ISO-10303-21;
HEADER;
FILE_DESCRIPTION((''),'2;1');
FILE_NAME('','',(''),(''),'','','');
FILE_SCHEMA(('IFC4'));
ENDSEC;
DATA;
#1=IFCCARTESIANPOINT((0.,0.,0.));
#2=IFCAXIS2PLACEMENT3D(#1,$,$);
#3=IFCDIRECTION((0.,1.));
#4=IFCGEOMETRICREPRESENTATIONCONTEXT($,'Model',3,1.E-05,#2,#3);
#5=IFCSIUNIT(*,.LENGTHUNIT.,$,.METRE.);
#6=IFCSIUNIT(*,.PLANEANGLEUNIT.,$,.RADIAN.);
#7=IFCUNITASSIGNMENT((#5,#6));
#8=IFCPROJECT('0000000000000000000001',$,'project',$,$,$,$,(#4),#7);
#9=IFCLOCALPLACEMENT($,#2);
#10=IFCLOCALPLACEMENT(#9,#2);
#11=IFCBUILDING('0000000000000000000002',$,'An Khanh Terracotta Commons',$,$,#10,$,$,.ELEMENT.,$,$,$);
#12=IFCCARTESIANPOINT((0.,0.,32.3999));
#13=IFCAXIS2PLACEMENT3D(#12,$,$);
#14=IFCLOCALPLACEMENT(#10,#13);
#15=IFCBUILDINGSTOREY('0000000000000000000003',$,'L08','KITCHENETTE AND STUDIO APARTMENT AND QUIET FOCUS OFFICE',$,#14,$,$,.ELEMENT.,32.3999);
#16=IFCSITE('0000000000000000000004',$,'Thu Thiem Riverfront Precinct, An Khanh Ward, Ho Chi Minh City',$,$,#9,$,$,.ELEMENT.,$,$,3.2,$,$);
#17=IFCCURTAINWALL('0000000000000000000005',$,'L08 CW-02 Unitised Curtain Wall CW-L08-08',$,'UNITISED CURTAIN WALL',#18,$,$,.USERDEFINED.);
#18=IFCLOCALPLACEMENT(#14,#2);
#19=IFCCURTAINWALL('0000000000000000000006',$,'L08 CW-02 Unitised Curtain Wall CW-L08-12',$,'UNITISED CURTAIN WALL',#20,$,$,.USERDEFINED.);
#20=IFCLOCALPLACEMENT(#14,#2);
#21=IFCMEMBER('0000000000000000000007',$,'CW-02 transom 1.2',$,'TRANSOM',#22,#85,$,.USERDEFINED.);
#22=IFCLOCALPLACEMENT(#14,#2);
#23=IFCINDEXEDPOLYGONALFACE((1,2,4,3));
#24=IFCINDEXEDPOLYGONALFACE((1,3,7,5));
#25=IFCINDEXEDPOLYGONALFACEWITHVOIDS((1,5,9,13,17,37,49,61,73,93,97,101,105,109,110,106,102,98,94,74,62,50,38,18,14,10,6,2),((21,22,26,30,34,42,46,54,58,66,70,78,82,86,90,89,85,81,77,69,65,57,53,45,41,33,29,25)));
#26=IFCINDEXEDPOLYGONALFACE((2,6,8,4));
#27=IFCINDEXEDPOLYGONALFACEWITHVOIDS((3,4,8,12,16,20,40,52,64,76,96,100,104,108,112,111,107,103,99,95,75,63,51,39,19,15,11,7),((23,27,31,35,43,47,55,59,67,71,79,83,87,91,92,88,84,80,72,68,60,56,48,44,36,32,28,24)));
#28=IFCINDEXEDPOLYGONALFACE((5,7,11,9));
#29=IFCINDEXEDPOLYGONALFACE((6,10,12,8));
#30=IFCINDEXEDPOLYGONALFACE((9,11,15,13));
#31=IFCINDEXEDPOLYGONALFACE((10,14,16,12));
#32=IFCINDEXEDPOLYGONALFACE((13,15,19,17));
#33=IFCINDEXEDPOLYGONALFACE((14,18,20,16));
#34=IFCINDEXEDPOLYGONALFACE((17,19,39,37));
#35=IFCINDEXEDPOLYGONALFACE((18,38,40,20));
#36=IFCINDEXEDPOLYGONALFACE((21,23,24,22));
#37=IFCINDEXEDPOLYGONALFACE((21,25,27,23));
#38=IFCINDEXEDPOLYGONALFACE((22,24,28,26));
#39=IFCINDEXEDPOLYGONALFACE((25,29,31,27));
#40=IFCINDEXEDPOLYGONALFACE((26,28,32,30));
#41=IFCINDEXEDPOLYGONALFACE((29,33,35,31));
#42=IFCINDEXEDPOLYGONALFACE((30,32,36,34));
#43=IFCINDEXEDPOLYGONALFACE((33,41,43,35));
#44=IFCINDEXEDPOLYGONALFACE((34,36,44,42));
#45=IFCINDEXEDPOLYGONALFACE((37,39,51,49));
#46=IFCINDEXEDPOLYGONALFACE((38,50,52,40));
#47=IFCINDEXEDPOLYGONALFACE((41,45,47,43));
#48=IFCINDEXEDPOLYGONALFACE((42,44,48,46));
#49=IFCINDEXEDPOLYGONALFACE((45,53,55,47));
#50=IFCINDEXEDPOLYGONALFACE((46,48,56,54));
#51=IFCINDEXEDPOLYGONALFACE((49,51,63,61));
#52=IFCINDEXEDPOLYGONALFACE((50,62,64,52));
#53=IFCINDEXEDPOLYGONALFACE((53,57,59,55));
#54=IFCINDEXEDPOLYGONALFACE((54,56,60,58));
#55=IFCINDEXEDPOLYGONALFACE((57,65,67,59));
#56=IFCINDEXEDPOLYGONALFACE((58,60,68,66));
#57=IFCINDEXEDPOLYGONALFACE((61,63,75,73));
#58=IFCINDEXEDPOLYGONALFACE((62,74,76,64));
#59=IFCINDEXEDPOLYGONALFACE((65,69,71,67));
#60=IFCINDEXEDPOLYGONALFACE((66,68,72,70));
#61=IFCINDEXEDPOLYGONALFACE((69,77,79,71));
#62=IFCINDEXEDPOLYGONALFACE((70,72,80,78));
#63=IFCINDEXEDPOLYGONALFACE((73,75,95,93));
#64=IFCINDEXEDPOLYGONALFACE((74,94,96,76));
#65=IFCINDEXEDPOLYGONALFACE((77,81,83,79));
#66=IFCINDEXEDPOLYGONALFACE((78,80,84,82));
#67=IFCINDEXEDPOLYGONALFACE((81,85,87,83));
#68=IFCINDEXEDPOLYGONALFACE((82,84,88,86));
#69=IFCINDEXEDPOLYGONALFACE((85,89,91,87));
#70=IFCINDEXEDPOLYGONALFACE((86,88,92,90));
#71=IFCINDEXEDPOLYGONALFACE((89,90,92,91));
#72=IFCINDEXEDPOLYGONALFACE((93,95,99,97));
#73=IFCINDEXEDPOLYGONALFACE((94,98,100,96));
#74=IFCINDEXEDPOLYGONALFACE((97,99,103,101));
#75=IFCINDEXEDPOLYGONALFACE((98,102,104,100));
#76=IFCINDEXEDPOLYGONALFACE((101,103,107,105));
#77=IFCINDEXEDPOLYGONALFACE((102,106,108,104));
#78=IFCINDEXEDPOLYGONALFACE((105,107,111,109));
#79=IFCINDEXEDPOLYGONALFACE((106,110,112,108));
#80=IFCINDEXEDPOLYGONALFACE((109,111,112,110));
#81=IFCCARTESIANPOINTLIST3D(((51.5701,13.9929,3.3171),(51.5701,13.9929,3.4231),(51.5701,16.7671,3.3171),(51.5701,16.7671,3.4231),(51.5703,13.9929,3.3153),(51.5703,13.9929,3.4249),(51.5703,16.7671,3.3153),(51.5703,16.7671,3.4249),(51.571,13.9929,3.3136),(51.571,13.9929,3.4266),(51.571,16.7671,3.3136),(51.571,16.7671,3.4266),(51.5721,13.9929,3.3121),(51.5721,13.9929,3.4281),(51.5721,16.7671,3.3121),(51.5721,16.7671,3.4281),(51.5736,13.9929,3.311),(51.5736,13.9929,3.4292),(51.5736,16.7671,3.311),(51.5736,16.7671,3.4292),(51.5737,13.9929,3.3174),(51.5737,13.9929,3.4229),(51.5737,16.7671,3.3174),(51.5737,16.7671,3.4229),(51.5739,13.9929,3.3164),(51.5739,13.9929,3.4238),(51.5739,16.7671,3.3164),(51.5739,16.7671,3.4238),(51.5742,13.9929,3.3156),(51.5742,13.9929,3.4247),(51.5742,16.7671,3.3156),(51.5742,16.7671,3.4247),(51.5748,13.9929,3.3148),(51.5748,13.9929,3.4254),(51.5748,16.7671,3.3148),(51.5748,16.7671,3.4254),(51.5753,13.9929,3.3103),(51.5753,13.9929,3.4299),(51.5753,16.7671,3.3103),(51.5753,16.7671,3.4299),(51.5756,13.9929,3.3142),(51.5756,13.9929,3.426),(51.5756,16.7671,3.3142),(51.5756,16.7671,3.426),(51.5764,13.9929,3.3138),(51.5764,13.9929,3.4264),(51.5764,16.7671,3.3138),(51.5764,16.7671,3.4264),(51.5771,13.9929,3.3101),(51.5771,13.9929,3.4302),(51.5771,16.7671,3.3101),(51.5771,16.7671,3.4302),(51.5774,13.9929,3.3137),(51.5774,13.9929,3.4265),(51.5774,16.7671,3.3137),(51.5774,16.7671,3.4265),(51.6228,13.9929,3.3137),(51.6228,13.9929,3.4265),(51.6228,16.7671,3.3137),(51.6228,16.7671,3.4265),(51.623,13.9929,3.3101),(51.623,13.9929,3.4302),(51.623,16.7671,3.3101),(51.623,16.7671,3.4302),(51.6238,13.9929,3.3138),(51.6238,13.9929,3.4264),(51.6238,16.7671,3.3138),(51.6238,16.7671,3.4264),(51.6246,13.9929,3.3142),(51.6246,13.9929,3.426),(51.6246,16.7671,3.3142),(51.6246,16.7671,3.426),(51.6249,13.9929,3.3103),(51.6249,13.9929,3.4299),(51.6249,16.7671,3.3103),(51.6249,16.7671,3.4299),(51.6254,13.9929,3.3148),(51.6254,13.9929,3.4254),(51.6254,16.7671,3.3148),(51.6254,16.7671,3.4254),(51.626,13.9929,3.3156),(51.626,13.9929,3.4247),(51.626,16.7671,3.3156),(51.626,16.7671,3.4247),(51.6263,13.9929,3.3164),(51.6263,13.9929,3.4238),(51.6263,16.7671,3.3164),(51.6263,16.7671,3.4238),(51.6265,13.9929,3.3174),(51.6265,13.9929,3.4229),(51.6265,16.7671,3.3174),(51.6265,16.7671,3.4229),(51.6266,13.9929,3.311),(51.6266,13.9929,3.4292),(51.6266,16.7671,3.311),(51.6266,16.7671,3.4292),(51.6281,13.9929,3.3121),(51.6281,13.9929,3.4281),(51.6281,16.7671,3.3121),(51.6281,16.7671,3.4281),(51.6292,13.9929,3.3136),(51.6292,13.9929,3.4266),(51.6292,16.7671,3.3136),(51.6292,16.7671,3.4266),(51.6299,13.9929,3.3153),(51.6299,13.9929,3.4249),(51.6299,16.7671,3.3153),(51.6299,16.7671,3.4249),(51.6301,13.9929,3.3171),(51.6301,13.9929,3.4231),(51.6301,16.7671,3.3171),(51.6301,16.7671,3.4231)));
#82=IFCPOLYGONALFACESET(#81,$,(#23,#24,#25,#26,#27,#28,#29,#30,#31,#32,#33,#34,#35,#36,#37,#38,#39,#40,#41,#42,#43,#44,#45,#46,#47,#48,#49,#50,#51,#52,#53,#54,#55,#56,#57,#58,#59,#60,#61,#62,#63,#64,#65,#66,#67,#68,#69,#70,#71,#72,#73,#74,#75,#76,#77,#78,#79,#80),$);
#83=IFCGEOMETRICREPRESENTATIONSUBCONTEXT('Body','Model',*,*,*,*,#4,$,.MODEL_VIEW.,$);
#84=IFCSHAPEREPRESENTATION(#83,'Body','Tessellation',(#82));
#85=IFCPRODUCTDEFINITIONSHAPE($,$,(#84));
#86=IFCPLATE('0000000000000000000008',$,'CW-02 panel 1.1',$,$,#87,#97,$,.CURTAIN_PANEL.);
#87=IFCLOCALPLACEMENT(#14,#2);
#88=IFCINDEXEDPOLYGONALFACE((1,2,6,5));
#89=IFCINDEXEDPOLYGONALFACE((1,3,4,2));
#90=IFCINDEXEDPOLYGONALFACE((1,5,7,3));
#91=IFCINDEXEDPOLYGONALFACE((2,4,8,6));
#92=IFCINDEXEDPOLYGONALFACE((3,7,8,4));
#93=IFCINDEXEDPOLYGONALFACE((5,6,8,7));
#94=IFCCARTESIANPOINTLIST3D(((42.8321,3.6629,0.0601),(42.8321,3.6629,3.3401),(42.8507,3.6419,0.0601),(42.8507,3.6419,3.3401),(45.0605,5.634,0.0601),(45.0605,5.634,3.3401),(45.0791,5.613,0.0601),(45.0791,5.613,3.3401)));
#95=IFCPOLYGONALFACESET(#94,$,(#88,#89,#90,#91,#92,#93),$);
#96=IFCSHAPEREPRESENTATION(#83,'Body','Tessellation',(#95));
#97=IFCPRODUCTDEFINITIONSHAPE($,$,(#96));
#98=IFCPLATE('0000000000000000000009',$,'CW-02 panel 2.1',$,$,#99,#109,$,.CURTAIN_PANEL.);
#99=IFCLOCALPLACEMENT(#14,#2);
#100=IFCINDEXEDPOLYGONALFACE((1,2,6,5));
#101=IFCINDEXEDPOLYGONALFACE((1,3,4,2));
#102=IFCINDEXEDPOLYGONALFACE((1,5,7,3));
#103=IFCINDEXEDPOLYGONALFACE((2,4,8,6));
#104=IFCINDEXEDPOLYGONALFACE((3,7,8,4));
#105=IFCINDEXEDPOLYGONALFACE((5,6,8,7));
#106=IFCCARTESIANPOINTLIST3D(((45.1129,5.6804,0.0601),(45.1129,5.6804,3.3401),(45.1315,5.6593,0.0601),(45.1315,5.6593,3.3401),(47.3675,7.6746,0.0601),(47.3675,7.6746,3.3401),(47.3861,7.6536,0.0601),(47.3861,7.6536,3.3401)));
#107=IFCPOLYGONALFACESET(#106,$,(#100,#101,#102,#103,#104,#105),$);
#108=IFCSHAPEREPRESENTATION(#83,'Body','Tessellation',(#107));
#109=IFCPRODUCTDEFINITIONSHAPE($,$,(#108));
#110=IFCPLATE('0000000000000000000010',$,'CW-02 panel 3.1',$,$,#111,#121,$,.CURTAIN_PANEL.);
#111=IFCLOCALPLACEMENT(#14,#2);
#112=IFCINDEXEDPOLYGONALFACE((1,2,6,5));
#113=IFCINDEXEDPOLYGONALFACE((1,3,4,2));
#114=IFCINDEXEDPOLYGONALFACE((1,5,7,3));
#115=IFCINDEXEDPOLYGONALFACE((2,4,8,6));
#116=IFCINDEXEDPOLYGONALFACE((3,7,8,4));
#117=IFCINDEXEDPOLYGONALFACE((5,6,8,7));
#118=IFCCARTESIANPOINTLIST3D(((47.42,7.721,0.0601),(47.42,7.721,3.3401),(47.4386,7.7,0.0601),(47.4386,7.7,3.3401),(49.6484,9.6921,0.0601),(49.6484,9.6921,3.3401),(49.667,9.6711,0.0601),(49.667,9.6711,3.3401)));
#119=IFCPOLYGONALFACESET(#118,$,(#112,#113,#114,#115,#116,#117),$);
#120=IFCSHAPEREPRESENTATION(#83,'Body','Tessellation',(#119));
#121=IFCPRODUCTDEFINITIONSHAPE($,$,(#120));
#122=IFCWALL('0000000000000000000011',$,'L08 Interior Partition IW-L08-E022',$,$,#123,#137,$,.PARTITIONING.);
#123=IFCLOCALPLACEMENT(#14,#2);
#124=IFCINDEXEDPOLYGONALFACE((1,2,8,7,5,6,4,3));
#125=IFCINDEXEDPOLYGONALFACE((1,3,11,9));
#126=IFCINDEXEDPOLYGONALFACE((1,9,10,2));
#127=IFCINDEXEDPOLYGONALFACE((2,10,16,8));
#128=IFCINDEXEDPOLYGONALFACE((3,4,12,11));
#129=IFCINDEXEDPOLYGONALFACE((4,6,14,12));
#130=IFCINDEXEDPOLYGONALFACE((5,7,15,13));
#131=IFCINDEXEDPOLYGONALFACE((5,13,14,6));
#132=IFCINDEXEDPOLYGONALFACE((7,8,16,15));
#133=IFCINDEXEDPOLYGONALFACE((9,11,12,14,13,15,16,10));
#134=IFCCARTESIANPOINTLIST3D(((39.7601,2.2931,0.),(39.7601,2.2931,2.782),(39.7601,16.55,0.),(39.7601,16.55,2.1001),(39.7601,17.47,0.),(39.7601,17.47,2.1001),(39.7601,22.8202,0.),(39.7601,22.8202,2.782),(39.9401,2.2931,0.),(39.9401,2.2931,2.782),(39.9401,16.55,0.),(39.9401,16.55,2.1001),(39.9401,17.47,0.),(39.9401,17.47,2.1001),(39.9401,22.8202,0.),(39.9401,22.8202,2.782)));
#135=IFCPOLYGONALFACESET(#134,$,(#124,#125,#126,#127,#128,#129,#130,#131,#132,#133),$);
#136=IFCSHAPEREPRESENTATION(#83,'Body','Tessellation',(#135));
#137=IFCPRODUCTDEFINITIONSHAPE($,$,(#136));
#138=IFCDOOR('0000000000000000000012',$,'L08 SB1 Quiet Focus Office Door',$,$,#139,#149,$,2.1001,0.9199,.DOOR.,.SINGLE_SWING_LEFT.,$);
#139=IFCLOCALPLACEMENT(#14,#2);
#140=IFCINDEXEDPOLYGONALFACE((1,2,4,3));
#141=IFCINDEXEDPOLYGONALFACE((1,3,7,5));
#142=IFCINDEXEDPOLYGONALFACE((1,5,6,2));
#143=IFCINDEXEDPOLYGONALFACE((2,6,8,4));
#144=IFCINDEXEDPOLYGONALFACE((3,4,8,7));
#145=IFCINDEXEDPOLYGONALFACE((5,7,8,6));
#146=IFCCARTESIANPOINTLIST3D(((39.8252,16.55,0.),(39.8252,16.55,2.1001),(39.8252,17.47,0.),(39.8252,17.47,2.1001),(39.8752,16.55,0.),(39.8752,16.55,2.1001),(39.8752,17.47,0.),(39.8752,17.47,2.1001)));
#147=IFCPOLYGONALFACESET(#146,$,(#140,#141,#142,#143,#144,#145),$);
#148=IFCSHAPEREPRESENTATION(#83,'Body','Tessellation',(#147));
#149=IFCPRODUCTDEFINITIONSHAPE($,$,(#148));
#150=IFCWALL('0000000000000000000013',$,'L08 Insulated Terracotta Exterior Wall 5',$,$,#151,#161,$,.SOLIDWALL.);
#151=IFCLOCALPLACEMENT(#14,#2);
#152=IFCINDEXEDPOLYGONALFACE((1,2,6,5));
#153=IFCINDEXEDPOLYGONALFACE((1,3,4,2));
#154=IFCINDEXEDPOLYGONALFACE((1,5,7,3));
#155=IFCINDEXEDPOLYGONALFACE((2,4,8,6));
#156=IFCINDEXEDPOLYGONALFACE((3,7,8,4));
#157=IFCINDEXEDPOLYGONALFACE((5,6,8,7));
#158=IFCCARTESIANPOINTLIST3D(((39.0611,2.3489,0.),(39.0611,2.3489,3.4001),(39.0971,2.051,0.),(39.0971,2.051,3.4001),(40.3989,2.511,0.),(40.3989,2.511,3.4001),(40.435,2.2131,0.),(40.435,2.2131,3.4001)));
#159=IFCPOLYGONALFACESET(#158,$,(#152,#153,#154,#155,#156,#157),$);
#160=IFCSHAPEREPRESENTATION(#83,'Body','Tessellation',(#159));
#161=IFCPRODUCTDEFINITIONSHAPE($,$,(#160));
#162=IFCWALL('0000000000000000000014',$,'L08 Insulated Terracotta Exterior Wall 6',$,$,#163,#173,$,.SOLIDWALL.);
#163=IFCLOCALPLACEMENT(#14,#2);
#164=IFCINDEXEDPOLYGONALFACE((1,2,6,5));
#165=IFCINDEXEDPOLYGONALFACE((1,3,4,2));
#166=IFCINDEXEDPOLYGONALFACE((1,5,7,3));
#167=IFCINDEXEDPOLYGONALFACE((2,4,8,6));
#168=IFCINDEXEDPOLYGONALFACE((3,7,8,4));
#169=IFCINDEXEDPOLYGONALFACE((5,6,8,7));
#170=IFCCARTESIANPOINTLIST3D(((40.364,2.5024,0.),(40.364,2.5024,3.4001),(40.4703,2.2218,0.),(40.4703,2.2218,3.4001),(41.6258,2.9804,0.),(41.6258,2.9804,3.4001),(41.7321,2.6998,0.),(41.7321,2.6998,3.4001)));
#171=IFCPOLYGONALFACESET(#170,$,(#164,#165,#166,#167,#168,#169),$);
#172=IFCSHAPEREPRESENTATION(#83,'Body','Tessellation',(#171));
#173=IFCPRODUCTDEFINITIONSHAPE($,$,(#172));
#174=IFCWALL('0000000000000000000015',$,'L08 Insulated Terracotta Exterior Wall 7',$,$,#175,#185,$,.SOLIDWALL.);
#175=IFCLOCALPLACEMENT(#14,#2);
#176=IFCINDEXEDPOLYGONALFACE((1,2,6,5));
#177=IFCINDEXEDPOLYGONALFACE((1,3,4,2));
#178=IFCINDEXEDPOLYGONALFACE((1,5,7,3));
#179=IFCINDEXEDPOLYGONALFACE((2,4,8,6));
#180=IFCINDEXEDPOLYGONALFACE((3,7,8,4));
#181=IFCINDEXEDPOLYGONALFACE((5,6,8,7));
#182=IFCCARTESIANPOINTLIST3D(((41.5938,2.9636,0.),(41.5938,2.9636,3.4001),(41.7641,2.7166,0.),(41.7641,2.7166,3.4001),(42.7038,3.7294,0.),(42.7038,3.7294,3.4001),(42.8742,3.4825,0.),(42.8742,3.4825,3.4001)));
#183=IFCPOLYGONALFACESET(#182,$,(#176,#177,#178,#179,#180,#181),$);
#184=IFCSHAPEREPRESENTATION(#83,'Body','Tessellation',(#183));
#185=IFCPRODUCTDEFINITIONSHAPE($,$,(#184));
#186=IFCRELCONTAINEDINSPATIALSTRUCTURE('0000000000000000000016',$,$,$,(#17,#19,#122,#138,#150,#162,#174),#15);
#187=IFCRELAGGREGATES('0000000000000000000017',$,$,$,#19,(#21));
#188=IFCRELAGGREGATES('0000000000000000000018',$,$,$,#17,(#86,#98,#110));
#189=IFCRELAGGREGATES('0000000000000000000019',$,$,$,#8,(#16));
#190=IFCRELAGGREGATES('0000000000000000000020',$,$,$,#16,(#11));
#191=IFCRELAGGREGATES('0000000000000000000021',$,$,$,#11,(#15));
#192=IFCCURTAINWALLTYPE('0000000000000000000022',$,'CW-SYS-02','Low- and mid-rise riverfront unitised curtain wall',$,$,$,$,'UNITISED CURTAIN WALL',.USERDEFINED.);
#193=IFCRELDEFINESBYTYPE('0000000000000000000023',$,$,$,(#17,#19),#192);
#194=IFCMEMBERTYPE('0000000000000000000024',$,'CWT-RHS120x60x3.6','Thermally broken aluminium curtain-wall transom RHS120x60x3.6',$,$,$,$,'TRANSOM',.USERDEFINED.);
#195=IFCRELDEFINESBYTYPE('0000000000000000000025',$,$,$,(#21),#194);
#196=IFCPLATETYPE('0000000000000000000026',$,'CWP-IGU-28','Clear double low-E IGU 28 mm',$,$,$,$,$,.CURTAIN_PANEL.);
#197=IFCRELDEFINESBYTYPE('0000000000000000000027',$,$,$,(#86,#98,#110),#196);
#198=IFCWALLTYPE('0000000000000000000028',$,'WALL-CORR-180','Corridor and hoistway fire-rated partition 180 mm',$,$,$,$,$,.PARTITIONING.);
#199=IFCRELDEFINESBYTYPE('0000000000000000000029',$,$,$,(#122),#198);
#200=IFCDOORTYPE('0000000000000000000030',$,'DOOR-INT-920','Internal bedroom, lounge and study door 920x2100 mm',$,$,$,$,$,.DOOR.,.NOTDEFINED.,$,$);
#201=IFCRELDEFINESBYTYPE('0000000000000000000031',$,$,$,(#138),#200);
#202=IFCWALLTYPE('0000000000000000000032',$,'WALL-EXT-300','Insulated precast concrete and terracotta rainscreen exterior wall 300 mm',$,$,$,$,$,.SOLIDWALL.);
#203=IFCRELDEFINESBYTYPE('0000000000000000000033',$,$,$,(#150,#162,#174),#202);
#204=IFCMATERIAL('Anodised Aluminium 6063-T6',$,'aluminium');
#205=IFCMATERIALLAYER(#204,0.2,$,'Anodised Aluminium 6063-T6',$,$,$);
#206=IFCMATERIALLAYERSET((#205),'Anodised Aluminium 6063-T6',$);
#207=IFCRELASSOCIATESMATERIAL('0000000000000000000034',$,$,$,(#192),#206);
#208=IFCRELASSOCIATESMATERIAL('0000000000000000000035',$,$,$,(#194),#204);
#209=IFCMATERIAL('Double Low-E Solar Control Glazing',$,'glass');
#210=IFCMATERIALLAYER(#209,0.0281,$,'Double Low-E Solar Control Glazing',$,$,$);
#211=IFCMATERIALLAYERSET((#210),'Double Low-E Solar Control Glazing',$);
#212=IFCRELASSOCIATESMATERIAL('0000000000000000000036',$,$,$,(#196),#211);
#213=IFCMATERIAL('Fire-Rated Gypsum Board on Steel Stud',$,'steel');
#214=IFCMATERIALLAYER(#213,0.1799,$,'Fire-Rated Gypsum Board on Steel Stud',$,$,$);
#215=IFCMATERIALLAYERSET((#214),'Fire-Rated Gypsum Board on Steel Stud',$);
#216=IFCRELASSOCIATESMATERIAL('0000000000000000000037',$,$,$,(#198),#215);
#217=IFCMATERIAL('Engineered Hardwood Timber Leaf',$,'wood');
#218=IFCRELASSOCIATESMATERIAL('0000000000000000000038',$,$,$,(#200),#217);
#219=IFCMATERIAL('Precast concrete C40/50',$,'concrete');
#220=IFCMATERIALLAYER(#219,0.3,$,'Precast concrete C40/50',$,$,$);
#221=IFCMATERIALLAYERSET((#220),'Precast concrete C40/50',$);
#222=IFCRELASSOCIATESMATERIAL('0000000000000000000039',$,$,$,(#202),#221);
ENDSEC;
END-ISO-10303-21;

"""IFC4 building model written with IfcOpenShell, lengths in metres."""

from ifc_helpers import new_model, si_unit, direction, frame, frame_2d, origin, origin_2d, place, context, subcontext, project, spatial, rectangle, hollow_rectangle, extrude, material, layer, layer_set, material_profile, profile_set, type_object, element, fill, aggregate, save


model = new_model("IFC4")

# Units and contexts
model_context = context("Model", 3, precision=1e-05, world=origin(), true_north=direction((0.0, 1.0)))
body_context = subcontext(model_context, "Body", "Model", "MODEL_VIEW")
ifc_project = project(units=[si_unit("LENGTHUNIT", "METRE"), si_unit("PLANEANGLEUNIT", "RADIAN")], contexts=[model_context])

# Site, building, storey
site_placement = place(None, origin())
site = spatial("IfcSite", under=ifc_project, at=site_placement, Name="Thu Thiem Riverfront Precinct, An Khanh Ward, Ho Chi Minh City", CompositionType="ELEMENT", RefElevation=3.2)
building_placement = place(site_placement, origin())
building = spatial("IfcBuilding", under=site, at=building_placement, Name="An Khanh Terracotta Commons", CompositionType="ELEMENT")
storey_placement = place(building_placement, frame((0.0, 0.0, 32.3999)))
storey = spatial("IfcBuildingStorey", under=building, at=storey_placement, Name="L08", Description="KITCHENETTE AND STUDIO APARTMENT AND QUIET FOCUS OFFICE", CompositionType="ELEMENT", Elevation=32.3999)

# Curtain wall
ifc_material_1 = material(Name="Anodised Aluminium 6063-T6", Category="aluminium")
ifc_layer_1 = layer(ifc_material_1, 0.2, Name="Anodised Aluminium 6063-T6")
ifc_layer_set_1 = layer_set([ifc_layer_1], Name="Anodised Aluminium 6063-T6")
curtain_wall_type = type_object("IfcCurtainWallType", Name="CW-SYS-02", Description="Low- and mid-rise riverfront unitised curtain wall", ElementType="UNITISED CURTAIN WALL", PredefinedType="USERDEFINED", material=ifc_layer_set_1)
curtain_wall_1_placement = place(storey_placement, origin())
curtain_wall_1 = element("IfcCurtainWall", 1, at=curtain_wall_1_placement, inside=storey, type_object=curtain_wall_type, Name="L08 CW-02 Unitised Curtain Wall CW-L08-08", ObjectType="UNITISED CURTAIN WALL", PredefinedType="USERDEFINED")

# Curtain wall
curtain_wall_2_placement = place(storey_placement, origin())
curtain_wall_2 = element("IfcCurtainWall", 2, at=curtain_wall_2_placement, inside=storey, type_object=curtain_wall_type, Name="L08 CW-02 Unitised Curtain Wall CW-L08-12", ObjectType="UNITISED CURTAIN WALL", PredefinedType="USERDEFINED")

# Member
ifc_material_profile_1 = material_profile(ifc_material_1, hollow_rectangle(XDim=0.0601, YDim=0.1201, WallThickness=0.0037, InnerFilletRadius=0.0037, OuterFilletRadius=0.0071, at=origin_2d()), Name="RHS120x60x3.6")
ifc_profile_set_1 = profile_set([ifc_material_profile_1], Name="Anodised Aluminium 6063-T6")
member_type_1 = type_object("IfcMemberType", Name="CWT-RHS120x60x3.6", Description="Thermally broken aluminium curtain-wall transom RHS120x60x3.6", ElementType="TRANSOM", PredefinedType="USERDEFINED", material=ifc_profile_set_1)
member_1_placement = place(storey_placement, frame((51.6001, 13.9929, 3.3701), z_axis=(0.0, 1.0, 0.0), x_axis=(-1.0, 0.0, 0.0)))
member_1 = element("IfcMember", 3, at=member_1_placement, type_object=member_type_1, Name="CW-02 transom 1.2", ObjectType="TRANSOM", PredefinedType="USERDEFINED", context=body_context, shape_type="SweptSolid", body=[
    extrude(hollow_rectangle(XDim=0.0601, YDim=0.1201, WallThickness=0.0037, InnerFilletRadius=0.0037, OuterFilletRadius=0.0071, at=origin_2d()), origin(), (0.0, 0.0, 1.0), 2.7742),
])
aggregate(curtain_wall_2, [member_1])

# Plates
ifc_material_2 = material(Name="Double Low-E Solar Control Glazing", Category="glass")
ifc_layer_2 = layer(ifc_material_2, 0.0281, Name="Double Low-E Solar Control Glazing")
ifc_layer_set_2 = layer_set([ifc_layer_2], Name="Double Low-E Solar Control Glazing")
plate_type = type_object("IfcPlateType", Name="CWP-IGU-28", Description="Clear double low-E IGU 28 mm", PredefinedType="CURTAIN_PANEL", material=ifc_layer_set_2)
plate_1_placement = place(storey_placement, frame((43.9556, 4.6379, 0.0601), z_axis=(0.0, 0.0, 1.0), x_axis=(0.749019, 0.662548, 0.0)))
plate_1 = element("IfcPlate", 4, at=plate_1_placement, type_object=plate_type, Name="CW-02 panel 1.1", PredefinedType="CURTAIN_PANEL", context=body_context, shape_type="SweptSolid", body=[
    extrude(rectangle(XDim=2.9751, YDim=0.0281, at=origin_2d()), origin(), (0.0, 0.0, 1.0), 3.28),
])
plate_2_placement = place(storey_placement, frame((46.2495, 6.667, 0.0601), z_axis=(0.0, 0.0, 1.0), x_axis=(0.749019, 0.662548, 0.0)))
plate_2 = element("IfcPlate", 5, at=plate_2_placement, type_object=plate_type, Name="CW-02 panel 2.1", PredefinedType="CURTAIN_PANEL", context=body_context, shape_type="SweptSolid", body=[
    extrude(rectangle(XDim=3.01, YDim=0.0281, at=origin_2d()), origin(), (0.0, 0.0, 1.0), 3.28),
])
plate_3_placement = place(storey_placement, frame((48.5435, 8.696, 0.0601), z_axis=(0.0, 0.0, 1.0), x_axis=(0.749019, 0.662548, 0.0)))
plate_3 = element("IfcPlate", 6, at=plate_3_placement, type_object=plate_type, Name="CW-02 panel 3.1", PredefinedType="CURTAIN_PANEL", context=body_context, shape_type="SweptSolid", body=[
    extrude(rectangle(XDim=2.9751, YDim=0.0281, at=origin_2d()), origin(), (0.0, 0.0, 1.0), 3.28),
])
aggregate(curtain_wall_1, [plate_1, plate_2, plate_3])

# Wall, opening, door
ifc_material_3 = material(Name="Fire-Rated Gypsum Board on Steel Stud", Category="steel")
ifc_layer_3 = layer(ifc_material_3, 0.1799, Name="Fire-Rated Gypsum Board on Steel Stud")
ifc_layer_set_3 = layer_set([ifc_layer_3], Name="Fire-Rated Gypsum Board on Steel Stud")
wall_type_1 = type_object("IfcWallType", Name="WALL-CORR-180", Description="Corridor and hoistway fire-rated partition 180 mm", PredefinedType="PARTITIONING", material=ifc_layer_set_3)
wall_1_placement = place(storey_placement, frame((39.8501, 2.293, 0.0), z_axis=(0.0, 0.0, 1.0), x_axis=(0.0, 1.0, 0.0)))
wall_1 = element("IfcWall", 7, at=wall_1_placement, inside=storey, type_object=wall_type_1, Name="L08 Interior Partition IW-L08-E022", PredefinedType="PARTITIONING", context=body_context, shape_type="SweptSolid", body=[
    extrude(rectangle(XDim=20.5271, YDim=0.1799, at=frame_2d((10.2637, 0.0))), origin(), (0.0, 0.0, 1.0), 2.782),
])
opening_placement = place(wall_1_placement, frame((14.2571, 0.0, 0.0)))
opening = element("IfcOpeningElement", 8, at=opening_placement, cuts=wall_1, PredefinedType="OPENING", context=body_context, shape_type="SweptSolid", body=[
    extrude(rectangle(XDim=0.9199, YDim=2.1001, at=frame_2d((0.46, 1.05))), frame((0.0, 0.0999, 0.0), z_axis=(0.0, -1.0, 0.0), x_axis=(1.0, 0.0, 0.0)), (0.0, 0.0, 1.0), 0.2),
])
ifc_material_4 = material(Name="Engineered Hardwood Timber Leaf", Category="wood")
door_type = type_object("IfcDoorType", Name="DOOR-INT-920", Description="Internal bedroom, lounge and study door 920x2100 mm", OperationType="NOTDEFINED", PredefinedType="DOOR", material=ifc_material_4)
door_placement = place(opening_placement, origin())
door = element("IfcDoor", 9, at=door_placement, inside=storey, type_object=door_type, Name="L08 SB1 Quiet Focus Office Door", OperationType="SINGLE_SWING_LEFT", OverallHeight=2.1001, OverallWidth=0.9199, PredefinedType="DOOR", context=body_context, shape_type="SweptSolid", body=[
    extrude(rectangle(XDim=0.9199, YDim=2.1001, at=frame_2d((0.46, 1.05))), frame((0.0, 0.0249, 0.0), z_axis=(0.0, -1.0, 0.0), x_axis=(1.0, 0.0, 0.0)), (0.0, 0.0, 1.0), 0.05),
])
fill(opening, door)

# Walls
ifc_material_5 = material(Name="Precast concrete C40/50", Category="concrete")
ifc_layer_4 = layer(ifc_material_5, 0.3, Name="Precast concrete C40/50")
ifc_layer_set_4 = layer_set([ifc_layer_4], Name="Precast concrete C40/50")
wall_type_2 = type_object("IfcWallType", Name="WALL-EXT-300", Description="Insulated precast concrete and terracotta rainscreen exterior wall 300 mm", PredefinedType="SOLIDWALL", material=ifc_layer_set_4)
wall_2_placement = place(storey_placement, frame((39.0791, 2.2, 0.0), z_axis=(0.0, 0.0, 1.0), x_axis=(0.992739, 0.120288, 0.0)))
element("IfcWall", 10, at=wall_2_placement, inside=storey, type_object=wall_type_2, Name="L08 Insulated Terracotta Exterior Wall 5", PredefinedType="SOLIDWALL", context=body_context, shape_type="SweptSolid", body=[
    extrude(rectangle(XDim=1.3477, YDim=0.3, at=frame_2d((0.6738, 0.0))), origin(), (0.0, 0.0, 1.0), 3.4001),
])
wall_3_placement = place(storey_placement, frame((40.417, 2.3621, 0.0), z_axis=(0.0, 0.0, 1.0), x_axis=(0.935157, 0.354234, 0.0)))
element("IfcWall", 11, at=wall_3_placement, inside=storey, type_object=wall_type_2, Name="L08 Insulated Terracotta Exterior Wall 6", PredefinedType="SOLIDWALL", context=body_context, shape_type="SweptSolid", body=[
    extrude(rectangle(XDim=1.3494, YDim=0.3, at=frame_2d((0.6748, 0.0))), origin(), (0.0, 0.0, 1.0), 3.4001),
])
wall_4_placement = place(storey_placement, frame((41.679, 2.8401, 0.0), z_axis=(0.0, 0.0, 1.0), x_axis=(0.823117, 0.567873, 0.0)))
element("IfcWall", 12, at=wall_4_placement, inside=storey, type_object=wall_type_2, Name="L08 Insulated Terracotta Exterior Wall 7", PredefinedType="SOLIDWALL", context=body_context, shape_type="SweptSolid", body=[
    extrude(rectangle(XDim=1.3486, YDim=0.3, at=frame_2d((0.6743, 0.0))), origin(), (0.0, 0.0, 1.0), 3.4001),
])

save(model, "model.ifc")
